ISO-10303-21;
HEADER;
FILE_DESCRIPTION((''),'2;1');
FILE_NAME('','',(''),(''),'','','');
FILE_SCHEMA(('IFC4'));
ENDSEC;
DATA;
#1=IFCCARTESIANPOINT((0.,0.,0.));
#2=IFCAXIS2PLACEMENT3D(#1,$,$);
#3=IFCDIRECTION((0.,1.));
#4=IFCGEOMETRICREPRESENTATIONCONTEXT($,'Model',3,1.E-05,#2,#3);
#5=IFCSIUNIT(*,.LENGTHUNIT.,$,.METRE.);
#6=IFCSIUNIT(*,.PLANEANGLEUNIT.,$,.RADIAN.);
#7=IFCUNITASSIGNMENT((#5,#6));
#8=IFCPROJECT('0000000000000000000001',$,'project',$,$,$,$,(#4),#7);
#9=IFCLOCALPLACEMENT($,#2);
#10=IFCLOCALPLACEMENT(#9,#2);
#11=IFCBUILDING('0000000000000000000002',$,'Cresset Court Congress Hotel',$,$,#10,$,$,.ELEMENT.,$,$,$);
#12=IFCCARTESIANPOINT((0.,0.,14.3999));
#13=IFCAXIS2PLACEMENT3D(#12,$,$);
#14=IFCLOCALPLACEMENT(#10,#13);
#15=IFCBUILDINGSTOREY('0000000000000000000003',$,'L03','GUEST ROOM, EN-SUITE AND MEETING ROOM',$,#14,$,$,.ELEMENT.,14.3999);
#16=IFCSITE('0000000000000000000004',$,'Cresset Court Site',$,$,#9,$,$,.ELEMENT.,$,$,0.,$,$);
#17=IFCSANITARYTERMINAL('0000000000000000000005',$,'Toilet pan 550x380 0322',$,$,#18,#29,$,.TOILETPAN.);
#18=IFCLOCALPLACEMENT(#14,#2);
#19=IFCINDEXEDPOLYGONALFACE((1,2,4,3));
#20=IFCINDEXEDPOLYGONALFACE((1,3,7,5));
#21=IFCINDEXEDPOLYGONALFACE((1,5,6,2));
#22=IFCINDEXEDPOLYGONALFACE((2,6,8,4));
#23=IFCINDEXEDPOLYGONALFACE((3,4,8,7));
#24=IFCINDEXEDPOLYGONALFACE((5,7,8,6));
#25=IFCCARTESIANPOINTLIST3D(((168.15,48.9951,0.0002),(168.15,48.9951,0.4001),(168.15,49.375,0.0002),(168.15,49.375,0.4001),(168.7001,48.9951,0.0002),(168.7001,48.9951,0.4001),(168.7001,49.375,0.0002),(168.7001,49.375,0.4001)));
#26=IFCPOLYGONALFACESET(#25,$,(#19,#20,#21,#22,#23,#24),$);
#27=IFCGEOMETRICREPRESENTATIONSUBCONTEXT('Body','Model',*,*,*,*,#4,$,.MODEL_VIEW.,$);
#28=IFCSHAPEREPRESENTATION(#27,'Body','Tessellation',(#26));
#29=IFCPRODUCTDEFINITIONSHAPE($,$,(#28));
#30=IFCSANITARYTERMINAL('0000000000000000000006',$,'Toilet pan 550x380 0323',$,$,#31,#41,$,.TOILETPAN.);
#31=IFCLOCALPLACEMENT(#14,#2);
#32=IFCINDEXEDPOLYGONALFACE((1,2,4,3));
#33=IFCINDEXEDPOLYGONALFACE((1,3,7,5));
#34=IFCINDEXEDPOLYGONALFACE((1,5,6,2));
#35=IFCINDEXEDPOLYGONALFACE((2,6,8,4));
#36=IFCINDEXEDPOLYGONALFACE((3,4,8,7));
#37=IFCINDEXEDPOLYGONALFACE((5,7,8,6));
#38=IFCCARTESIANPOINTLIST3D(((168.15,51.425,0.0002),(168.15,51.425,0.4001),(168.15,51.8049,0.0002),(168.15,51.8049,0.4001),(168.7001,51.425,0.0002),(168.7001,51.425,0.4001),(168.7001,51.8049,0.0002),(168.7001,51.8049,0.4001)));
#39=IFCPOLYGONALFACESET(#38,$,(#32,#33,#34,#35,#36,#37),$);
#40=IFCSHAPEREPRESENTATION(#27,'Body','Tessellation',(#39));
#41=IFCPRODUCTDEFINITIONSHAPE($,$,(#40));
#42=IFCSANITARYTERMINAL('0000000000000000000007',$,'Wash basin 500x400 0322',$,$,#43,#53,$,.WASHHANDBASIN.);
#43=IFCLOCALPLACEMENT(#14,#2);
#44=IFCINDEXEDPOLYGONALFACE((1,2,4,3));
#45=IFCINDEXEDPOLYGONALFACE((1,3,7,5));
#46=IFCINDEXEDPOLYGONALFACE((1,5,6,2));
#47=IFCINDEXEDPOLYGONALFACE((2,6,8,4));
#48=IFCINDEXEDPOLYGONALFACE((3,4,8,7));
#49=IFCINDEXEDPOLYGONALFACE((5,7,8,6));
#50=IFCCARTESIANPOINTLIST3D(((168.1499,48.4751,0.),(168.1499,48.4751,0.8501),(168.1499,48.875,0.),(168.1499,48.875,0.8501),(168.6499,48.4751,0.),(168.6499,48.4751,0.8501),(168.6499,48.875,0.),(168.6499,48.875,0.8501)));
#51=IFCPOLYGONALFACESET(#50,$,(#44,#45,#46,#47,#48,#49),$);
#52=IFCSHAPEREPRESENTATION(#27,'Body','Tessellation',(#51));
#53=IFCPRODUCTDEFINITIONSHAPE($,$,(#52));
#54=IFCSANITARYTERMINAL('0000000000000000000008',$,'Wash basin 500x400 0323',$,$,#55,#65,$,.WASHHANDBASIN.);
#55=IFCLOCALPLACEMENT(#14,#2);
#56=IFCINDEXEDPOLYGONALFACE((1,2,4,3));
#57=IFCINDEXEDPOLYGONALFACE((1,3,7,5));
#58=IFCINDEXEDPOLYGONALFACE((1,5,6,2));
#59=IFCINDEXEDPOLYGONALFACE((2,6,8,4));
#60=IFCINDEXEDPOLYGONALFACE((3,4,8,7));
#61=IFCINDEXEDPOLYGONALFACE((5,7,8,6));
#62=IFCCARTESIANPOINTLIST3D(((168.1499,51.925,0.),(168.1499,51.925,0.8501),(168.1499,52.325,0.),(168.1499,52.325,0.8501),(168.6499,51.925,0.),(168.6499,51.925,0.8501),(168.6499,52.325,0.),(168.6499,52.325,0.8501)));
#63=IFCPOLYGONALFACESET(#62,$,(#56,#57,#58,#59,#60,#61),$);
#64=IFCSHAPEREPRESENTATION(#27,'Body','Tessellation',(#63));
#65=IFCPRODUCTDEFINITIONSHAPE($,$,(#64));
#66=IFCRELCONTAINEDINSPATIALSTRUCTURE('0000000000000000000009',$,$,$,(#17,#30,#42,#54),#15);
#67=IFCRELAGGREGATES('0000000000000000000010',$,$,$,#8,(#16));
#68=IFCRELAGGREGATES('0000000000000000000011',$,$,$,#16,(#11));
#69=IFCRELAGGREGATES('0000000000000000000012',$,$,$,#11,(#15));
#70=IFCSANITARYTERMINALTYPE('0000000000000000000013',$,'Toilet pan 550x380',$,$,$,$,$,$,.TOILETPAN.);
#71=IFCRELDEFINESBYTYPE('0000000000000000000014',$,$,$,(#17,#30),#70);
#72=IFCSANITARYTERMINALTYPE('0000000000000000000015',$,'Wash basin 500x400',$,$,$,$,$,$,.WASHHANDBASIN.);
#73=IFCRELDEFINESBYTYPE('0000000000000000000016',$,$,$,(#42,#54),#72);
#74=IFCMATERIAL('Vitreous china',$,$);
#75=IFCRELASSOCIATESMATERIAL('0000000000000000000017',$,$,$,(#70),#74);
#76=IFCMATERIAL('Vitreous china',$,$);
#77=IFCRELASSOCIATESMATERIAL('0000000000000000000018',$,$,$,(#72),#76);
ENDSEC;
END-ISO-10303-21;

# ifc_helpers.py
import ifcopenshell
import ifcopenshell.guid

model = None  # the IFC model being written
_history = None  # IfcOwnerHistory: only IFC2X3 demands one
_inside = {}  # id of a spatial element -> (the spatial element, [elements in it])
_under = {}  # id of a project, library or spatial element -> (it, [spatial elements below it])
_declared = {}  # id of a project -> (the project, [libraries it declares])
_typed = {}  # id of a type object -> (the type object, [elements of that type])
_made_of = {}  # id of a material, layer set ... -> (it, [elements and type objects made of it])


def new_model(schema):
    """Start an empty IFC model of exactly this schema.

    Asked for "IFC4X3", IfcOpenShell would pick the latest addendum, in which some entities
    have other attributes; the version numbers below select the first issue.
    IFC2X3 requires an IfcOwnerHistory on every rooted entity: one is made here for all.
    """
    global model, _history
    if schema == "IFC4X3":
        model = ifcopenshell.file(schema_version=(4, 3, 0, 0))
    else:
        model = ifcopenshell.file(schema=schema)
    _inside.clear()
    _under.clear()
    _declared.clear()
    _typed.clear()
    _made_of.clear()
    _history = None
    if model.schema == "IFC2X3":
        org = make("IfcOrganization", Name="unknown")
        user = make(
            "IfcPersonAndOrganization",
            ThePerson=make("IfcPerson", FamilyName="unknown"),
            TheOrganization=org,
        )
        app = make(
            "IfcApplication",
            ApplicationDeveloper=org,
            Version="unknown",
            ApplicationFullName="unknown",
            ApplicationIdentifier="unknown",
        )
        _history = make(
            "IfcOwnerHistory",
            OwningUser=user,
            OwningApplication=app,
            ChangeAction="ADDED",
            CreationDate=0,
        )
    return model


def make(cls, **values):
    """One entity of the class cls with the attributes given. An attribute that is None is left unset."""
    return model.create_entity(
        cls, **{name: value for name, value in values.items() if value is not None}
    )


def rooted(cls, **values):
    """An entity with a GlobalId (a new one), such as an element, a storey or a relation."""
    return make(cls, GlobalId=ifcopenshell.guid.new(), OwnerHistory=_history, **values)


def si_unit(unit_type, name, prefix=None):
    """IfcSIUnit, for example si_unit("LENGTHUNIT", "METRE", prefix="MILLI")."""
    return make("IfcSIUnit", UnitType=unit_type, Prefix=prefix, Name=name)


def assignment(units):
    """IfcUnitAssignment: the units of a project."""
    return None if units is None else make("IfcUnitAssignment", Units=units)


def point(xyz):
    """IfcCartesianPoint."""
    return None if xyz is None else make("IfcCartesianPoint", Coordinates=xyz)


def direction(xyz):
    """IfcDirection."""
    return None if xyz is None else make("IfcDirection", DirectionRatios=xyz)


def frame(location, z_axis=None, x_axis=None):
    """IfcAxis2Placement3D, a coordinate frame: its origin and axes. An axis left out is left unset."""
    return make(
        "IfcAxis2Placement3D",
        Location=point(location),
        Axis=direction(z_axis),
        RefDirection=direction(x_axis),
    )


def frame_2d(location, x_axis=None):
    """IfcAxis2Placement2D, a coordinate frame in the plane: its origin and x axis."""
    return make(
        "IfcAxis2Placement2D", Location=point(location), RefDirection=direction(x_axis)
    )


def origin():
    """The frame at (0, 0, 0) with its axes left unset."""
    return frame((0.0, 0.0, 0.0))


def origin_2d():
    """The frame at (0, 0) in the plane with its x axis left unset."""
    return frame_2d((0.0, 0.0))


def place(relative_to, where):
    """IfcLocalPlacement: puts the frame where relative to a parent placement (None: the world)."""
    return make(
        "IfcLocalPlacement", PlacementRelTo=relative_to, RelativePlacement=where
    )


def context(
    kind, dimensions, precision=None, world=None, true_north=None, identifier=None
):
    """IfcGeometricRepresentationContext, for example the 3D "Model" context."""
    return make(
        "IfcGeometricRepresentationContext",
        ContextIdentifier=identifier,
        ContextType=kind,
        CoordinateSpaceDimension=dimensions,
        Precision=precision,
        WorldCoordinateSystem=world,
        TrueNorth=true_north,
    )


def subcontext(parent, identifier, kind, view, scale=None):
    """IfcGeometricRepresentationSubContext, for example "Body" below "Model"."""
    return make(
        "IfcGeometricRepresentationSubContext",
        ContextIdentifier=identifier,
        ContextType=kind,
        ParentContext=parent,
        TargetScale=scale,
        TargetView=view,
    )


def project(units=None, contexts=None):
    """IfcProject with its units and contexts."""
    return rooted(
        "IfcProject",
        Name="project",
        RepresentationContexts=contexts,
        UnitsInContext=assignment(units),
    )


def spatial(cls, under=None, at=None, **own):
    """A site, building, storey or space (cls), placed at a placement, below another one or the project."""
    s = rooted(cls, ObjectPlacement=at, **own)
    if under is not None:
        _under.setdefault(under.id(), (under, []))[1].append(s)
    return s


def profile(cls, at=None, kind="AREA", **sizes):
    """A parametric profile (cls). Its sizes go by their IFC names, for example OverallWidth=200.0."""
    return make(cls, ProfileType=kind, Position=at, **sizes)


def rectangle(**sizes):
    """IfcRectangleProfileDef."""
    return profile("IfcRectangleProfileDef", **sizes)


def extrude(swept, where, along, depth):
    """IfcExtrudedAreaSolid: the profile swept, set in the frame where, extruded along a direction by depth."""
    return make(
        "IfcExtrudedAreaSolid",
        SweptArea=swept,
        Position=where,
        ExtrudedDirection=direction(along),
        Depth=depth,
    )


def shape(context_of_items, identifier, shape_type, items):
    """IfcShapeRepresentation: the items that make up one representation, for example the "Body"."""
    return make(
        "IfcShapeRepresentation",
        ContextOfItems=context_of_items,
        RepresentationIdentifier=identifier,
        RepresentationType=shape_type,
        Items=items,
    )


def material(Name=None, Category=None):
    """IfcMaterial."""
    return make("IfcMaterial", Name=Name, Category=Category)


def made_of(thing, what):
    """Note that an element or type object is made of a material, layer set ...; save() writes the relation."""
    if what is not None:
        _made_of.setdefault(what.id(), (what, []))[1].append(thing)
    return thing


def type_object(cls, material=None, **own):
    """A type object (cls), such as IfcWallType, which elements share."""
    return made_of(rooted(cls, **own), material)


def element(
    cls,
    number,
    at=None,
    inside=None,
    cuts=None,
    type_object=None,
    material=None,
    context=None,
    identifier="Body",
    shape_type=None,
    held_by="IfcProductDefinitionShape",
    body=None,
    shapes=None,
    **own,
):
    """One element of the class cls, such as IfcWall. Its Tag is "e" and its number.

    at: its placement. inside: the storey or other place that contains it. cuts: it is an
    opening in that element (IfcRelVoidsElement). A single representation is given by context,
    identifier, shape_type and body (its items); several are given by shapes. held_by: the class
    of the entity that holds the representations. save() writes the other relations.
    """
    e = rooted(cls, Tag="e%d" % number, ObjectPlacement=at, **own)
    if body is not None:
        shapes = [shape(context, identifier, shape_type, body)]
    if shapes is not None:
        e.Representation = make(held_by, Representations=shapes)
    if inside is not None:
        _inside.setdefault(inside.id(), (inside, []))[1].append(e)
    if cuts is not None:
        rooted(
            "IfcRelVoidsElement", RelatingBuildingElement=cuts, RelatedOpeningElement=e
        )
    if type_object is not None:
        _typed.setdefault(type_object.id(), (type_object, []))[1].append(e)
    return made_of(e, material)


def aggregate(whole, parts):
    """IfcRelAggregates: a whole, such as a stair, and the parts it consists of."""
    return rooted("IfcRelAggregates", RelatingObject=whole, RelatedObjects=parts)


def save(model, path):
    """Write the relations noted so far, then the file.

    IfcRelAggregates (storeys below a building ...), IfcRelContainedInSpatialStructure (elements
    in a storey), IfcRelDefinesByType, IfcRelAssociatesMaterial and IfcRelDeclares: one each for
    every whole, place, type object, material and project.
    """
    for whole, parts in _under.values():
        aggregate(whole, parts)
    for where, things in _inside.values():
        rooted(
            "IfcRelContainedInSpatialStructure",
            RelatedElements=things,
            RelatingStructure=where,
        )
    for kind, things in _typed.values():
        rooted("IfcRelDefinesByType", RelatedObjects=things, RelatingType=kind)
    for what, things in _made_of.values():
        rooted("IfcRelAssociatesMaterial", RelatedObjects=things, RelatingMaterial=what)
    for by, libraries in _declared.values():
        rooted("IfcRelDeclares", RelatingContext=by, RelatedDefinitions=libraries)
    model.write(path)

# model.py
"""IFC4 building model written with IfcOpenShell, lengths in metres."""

from ifc_helpers import new_model, si_unit, direction, frame, origin, origin_2d, place, context, subcontext, project, spatial, rectangle, extrude, material, type_object, element, save


model = new_model("IFC4")

# Units and contexts
model_context = context("Model", 3, precision=1e-05, world=origin(), true_north=direction((0.0, 1.0)))
body_context = subcontext(model_context, "Body", "Model", "MODEL_VIEW")
ifc_project = project(units=[si_unit("LENGTHUNIT", "METRE"), si_unit("PLANEANGLEUNIT", "RADIAN")], contexts=[model_context])

# Site, building, storey
site_placement = place(None, origin())
site = spatial("IfcSite", under=ifc_project, at=site_placement, Name="Cresset Court Site", CompositionType="ELEMENT", RefElevation=0.0)
building_placement = place(site_placement, origin())
building = spatial("IfcBuilding", under=site, at=building_placement, Name="Cresset Court Congress Hotel", CompositionType="ELEMENT")
storey_placement = place(building_placement, frame((0.0, 0.0, 14.3999)))
storey = spatial("IfcBuildingStorey", under=building, at=storey_placement, Name="L03", Description="GUEST ROOM, EN-SUITE AND MEETING ROOM", CompositionType="ELEMENT", Elevation=14.3999)

# Sanitary terminals
ifc_material_1 = material(Name="Vitreous china")
sanitary_terminal_type_1 = type_object("IfcSanitaryTerminalType", Name="Toilet pan 550x380", PredefinedType="TOILETPAN", material=ifc_material_1)
for number, where, z_axis, x_axis, name in (
    (1, (168.425, 49.1851, 0.0002), (0.0, 0.0, 1.0), (1.0, 0.0, 0.0), "Toilet pan 550x380 0322"),
    (2, (168.425, 51.615, 0.0002), (0.0, 0.0, 1.0), (1.0, 0.0, 0.0), "Toilet pan 550x380 0323"),
):
    element("IfcSanitaryTerminal", number, at=place(storey_placement, frame(where, z_axis=z_axis, x_axis=x_axis)), inside=storey, type_object=sanitary_terminal_type_1, Name=name, PredefinedType="TOILETPAN", context=body_context, shape_type="SweptSolid", body=[
        extrude(rectangle(XDim=0.55, YDim=0.3799, at=origin_2d()), origin(), (0.0, 0.0, 1.0), 0.3999),
    ])
ifc_material_2 = material(Name="Vitreous china")
sanitary_terminal_type_2 = type_object("IfcSanitaryTerminalType", Name="Wash basin 500x400", PredefinedType="WASHHANDBASIN", material=ifc_material_2)
for number, where, z_axis, x_axis, name in (
    (3, (168.3999, 48.675, 0.0), (0.0, 0.0, 1.0), (1.0, 0.0, 0.0), "Wash basin 500x400 0322"),
    (4, (168.3999, 52.125, 0.0), (0.0, 0.0, 1.0), (1.0, 0.0, 0.0), "Wash basin 500x400 0323"),
):
    element("IfcSanitaryTerminal", number, at=place(storey_placement, frame(where, z_axis=z_axis, x_axis=x_axis)), inside=storey, type_object=sanitary_terminal_type_2, Name=name, PredefinedType="WASHHANDBASIN", context=body_context, shape_type="SweptSolid", body=[
        extrude(rectangle(XDim=0.5, YDim=0.3999, at=origin_2d()), origin(), (0.0, 0.0, 1.0), 0.8501),
    ])

save(model, "model.ifc")
